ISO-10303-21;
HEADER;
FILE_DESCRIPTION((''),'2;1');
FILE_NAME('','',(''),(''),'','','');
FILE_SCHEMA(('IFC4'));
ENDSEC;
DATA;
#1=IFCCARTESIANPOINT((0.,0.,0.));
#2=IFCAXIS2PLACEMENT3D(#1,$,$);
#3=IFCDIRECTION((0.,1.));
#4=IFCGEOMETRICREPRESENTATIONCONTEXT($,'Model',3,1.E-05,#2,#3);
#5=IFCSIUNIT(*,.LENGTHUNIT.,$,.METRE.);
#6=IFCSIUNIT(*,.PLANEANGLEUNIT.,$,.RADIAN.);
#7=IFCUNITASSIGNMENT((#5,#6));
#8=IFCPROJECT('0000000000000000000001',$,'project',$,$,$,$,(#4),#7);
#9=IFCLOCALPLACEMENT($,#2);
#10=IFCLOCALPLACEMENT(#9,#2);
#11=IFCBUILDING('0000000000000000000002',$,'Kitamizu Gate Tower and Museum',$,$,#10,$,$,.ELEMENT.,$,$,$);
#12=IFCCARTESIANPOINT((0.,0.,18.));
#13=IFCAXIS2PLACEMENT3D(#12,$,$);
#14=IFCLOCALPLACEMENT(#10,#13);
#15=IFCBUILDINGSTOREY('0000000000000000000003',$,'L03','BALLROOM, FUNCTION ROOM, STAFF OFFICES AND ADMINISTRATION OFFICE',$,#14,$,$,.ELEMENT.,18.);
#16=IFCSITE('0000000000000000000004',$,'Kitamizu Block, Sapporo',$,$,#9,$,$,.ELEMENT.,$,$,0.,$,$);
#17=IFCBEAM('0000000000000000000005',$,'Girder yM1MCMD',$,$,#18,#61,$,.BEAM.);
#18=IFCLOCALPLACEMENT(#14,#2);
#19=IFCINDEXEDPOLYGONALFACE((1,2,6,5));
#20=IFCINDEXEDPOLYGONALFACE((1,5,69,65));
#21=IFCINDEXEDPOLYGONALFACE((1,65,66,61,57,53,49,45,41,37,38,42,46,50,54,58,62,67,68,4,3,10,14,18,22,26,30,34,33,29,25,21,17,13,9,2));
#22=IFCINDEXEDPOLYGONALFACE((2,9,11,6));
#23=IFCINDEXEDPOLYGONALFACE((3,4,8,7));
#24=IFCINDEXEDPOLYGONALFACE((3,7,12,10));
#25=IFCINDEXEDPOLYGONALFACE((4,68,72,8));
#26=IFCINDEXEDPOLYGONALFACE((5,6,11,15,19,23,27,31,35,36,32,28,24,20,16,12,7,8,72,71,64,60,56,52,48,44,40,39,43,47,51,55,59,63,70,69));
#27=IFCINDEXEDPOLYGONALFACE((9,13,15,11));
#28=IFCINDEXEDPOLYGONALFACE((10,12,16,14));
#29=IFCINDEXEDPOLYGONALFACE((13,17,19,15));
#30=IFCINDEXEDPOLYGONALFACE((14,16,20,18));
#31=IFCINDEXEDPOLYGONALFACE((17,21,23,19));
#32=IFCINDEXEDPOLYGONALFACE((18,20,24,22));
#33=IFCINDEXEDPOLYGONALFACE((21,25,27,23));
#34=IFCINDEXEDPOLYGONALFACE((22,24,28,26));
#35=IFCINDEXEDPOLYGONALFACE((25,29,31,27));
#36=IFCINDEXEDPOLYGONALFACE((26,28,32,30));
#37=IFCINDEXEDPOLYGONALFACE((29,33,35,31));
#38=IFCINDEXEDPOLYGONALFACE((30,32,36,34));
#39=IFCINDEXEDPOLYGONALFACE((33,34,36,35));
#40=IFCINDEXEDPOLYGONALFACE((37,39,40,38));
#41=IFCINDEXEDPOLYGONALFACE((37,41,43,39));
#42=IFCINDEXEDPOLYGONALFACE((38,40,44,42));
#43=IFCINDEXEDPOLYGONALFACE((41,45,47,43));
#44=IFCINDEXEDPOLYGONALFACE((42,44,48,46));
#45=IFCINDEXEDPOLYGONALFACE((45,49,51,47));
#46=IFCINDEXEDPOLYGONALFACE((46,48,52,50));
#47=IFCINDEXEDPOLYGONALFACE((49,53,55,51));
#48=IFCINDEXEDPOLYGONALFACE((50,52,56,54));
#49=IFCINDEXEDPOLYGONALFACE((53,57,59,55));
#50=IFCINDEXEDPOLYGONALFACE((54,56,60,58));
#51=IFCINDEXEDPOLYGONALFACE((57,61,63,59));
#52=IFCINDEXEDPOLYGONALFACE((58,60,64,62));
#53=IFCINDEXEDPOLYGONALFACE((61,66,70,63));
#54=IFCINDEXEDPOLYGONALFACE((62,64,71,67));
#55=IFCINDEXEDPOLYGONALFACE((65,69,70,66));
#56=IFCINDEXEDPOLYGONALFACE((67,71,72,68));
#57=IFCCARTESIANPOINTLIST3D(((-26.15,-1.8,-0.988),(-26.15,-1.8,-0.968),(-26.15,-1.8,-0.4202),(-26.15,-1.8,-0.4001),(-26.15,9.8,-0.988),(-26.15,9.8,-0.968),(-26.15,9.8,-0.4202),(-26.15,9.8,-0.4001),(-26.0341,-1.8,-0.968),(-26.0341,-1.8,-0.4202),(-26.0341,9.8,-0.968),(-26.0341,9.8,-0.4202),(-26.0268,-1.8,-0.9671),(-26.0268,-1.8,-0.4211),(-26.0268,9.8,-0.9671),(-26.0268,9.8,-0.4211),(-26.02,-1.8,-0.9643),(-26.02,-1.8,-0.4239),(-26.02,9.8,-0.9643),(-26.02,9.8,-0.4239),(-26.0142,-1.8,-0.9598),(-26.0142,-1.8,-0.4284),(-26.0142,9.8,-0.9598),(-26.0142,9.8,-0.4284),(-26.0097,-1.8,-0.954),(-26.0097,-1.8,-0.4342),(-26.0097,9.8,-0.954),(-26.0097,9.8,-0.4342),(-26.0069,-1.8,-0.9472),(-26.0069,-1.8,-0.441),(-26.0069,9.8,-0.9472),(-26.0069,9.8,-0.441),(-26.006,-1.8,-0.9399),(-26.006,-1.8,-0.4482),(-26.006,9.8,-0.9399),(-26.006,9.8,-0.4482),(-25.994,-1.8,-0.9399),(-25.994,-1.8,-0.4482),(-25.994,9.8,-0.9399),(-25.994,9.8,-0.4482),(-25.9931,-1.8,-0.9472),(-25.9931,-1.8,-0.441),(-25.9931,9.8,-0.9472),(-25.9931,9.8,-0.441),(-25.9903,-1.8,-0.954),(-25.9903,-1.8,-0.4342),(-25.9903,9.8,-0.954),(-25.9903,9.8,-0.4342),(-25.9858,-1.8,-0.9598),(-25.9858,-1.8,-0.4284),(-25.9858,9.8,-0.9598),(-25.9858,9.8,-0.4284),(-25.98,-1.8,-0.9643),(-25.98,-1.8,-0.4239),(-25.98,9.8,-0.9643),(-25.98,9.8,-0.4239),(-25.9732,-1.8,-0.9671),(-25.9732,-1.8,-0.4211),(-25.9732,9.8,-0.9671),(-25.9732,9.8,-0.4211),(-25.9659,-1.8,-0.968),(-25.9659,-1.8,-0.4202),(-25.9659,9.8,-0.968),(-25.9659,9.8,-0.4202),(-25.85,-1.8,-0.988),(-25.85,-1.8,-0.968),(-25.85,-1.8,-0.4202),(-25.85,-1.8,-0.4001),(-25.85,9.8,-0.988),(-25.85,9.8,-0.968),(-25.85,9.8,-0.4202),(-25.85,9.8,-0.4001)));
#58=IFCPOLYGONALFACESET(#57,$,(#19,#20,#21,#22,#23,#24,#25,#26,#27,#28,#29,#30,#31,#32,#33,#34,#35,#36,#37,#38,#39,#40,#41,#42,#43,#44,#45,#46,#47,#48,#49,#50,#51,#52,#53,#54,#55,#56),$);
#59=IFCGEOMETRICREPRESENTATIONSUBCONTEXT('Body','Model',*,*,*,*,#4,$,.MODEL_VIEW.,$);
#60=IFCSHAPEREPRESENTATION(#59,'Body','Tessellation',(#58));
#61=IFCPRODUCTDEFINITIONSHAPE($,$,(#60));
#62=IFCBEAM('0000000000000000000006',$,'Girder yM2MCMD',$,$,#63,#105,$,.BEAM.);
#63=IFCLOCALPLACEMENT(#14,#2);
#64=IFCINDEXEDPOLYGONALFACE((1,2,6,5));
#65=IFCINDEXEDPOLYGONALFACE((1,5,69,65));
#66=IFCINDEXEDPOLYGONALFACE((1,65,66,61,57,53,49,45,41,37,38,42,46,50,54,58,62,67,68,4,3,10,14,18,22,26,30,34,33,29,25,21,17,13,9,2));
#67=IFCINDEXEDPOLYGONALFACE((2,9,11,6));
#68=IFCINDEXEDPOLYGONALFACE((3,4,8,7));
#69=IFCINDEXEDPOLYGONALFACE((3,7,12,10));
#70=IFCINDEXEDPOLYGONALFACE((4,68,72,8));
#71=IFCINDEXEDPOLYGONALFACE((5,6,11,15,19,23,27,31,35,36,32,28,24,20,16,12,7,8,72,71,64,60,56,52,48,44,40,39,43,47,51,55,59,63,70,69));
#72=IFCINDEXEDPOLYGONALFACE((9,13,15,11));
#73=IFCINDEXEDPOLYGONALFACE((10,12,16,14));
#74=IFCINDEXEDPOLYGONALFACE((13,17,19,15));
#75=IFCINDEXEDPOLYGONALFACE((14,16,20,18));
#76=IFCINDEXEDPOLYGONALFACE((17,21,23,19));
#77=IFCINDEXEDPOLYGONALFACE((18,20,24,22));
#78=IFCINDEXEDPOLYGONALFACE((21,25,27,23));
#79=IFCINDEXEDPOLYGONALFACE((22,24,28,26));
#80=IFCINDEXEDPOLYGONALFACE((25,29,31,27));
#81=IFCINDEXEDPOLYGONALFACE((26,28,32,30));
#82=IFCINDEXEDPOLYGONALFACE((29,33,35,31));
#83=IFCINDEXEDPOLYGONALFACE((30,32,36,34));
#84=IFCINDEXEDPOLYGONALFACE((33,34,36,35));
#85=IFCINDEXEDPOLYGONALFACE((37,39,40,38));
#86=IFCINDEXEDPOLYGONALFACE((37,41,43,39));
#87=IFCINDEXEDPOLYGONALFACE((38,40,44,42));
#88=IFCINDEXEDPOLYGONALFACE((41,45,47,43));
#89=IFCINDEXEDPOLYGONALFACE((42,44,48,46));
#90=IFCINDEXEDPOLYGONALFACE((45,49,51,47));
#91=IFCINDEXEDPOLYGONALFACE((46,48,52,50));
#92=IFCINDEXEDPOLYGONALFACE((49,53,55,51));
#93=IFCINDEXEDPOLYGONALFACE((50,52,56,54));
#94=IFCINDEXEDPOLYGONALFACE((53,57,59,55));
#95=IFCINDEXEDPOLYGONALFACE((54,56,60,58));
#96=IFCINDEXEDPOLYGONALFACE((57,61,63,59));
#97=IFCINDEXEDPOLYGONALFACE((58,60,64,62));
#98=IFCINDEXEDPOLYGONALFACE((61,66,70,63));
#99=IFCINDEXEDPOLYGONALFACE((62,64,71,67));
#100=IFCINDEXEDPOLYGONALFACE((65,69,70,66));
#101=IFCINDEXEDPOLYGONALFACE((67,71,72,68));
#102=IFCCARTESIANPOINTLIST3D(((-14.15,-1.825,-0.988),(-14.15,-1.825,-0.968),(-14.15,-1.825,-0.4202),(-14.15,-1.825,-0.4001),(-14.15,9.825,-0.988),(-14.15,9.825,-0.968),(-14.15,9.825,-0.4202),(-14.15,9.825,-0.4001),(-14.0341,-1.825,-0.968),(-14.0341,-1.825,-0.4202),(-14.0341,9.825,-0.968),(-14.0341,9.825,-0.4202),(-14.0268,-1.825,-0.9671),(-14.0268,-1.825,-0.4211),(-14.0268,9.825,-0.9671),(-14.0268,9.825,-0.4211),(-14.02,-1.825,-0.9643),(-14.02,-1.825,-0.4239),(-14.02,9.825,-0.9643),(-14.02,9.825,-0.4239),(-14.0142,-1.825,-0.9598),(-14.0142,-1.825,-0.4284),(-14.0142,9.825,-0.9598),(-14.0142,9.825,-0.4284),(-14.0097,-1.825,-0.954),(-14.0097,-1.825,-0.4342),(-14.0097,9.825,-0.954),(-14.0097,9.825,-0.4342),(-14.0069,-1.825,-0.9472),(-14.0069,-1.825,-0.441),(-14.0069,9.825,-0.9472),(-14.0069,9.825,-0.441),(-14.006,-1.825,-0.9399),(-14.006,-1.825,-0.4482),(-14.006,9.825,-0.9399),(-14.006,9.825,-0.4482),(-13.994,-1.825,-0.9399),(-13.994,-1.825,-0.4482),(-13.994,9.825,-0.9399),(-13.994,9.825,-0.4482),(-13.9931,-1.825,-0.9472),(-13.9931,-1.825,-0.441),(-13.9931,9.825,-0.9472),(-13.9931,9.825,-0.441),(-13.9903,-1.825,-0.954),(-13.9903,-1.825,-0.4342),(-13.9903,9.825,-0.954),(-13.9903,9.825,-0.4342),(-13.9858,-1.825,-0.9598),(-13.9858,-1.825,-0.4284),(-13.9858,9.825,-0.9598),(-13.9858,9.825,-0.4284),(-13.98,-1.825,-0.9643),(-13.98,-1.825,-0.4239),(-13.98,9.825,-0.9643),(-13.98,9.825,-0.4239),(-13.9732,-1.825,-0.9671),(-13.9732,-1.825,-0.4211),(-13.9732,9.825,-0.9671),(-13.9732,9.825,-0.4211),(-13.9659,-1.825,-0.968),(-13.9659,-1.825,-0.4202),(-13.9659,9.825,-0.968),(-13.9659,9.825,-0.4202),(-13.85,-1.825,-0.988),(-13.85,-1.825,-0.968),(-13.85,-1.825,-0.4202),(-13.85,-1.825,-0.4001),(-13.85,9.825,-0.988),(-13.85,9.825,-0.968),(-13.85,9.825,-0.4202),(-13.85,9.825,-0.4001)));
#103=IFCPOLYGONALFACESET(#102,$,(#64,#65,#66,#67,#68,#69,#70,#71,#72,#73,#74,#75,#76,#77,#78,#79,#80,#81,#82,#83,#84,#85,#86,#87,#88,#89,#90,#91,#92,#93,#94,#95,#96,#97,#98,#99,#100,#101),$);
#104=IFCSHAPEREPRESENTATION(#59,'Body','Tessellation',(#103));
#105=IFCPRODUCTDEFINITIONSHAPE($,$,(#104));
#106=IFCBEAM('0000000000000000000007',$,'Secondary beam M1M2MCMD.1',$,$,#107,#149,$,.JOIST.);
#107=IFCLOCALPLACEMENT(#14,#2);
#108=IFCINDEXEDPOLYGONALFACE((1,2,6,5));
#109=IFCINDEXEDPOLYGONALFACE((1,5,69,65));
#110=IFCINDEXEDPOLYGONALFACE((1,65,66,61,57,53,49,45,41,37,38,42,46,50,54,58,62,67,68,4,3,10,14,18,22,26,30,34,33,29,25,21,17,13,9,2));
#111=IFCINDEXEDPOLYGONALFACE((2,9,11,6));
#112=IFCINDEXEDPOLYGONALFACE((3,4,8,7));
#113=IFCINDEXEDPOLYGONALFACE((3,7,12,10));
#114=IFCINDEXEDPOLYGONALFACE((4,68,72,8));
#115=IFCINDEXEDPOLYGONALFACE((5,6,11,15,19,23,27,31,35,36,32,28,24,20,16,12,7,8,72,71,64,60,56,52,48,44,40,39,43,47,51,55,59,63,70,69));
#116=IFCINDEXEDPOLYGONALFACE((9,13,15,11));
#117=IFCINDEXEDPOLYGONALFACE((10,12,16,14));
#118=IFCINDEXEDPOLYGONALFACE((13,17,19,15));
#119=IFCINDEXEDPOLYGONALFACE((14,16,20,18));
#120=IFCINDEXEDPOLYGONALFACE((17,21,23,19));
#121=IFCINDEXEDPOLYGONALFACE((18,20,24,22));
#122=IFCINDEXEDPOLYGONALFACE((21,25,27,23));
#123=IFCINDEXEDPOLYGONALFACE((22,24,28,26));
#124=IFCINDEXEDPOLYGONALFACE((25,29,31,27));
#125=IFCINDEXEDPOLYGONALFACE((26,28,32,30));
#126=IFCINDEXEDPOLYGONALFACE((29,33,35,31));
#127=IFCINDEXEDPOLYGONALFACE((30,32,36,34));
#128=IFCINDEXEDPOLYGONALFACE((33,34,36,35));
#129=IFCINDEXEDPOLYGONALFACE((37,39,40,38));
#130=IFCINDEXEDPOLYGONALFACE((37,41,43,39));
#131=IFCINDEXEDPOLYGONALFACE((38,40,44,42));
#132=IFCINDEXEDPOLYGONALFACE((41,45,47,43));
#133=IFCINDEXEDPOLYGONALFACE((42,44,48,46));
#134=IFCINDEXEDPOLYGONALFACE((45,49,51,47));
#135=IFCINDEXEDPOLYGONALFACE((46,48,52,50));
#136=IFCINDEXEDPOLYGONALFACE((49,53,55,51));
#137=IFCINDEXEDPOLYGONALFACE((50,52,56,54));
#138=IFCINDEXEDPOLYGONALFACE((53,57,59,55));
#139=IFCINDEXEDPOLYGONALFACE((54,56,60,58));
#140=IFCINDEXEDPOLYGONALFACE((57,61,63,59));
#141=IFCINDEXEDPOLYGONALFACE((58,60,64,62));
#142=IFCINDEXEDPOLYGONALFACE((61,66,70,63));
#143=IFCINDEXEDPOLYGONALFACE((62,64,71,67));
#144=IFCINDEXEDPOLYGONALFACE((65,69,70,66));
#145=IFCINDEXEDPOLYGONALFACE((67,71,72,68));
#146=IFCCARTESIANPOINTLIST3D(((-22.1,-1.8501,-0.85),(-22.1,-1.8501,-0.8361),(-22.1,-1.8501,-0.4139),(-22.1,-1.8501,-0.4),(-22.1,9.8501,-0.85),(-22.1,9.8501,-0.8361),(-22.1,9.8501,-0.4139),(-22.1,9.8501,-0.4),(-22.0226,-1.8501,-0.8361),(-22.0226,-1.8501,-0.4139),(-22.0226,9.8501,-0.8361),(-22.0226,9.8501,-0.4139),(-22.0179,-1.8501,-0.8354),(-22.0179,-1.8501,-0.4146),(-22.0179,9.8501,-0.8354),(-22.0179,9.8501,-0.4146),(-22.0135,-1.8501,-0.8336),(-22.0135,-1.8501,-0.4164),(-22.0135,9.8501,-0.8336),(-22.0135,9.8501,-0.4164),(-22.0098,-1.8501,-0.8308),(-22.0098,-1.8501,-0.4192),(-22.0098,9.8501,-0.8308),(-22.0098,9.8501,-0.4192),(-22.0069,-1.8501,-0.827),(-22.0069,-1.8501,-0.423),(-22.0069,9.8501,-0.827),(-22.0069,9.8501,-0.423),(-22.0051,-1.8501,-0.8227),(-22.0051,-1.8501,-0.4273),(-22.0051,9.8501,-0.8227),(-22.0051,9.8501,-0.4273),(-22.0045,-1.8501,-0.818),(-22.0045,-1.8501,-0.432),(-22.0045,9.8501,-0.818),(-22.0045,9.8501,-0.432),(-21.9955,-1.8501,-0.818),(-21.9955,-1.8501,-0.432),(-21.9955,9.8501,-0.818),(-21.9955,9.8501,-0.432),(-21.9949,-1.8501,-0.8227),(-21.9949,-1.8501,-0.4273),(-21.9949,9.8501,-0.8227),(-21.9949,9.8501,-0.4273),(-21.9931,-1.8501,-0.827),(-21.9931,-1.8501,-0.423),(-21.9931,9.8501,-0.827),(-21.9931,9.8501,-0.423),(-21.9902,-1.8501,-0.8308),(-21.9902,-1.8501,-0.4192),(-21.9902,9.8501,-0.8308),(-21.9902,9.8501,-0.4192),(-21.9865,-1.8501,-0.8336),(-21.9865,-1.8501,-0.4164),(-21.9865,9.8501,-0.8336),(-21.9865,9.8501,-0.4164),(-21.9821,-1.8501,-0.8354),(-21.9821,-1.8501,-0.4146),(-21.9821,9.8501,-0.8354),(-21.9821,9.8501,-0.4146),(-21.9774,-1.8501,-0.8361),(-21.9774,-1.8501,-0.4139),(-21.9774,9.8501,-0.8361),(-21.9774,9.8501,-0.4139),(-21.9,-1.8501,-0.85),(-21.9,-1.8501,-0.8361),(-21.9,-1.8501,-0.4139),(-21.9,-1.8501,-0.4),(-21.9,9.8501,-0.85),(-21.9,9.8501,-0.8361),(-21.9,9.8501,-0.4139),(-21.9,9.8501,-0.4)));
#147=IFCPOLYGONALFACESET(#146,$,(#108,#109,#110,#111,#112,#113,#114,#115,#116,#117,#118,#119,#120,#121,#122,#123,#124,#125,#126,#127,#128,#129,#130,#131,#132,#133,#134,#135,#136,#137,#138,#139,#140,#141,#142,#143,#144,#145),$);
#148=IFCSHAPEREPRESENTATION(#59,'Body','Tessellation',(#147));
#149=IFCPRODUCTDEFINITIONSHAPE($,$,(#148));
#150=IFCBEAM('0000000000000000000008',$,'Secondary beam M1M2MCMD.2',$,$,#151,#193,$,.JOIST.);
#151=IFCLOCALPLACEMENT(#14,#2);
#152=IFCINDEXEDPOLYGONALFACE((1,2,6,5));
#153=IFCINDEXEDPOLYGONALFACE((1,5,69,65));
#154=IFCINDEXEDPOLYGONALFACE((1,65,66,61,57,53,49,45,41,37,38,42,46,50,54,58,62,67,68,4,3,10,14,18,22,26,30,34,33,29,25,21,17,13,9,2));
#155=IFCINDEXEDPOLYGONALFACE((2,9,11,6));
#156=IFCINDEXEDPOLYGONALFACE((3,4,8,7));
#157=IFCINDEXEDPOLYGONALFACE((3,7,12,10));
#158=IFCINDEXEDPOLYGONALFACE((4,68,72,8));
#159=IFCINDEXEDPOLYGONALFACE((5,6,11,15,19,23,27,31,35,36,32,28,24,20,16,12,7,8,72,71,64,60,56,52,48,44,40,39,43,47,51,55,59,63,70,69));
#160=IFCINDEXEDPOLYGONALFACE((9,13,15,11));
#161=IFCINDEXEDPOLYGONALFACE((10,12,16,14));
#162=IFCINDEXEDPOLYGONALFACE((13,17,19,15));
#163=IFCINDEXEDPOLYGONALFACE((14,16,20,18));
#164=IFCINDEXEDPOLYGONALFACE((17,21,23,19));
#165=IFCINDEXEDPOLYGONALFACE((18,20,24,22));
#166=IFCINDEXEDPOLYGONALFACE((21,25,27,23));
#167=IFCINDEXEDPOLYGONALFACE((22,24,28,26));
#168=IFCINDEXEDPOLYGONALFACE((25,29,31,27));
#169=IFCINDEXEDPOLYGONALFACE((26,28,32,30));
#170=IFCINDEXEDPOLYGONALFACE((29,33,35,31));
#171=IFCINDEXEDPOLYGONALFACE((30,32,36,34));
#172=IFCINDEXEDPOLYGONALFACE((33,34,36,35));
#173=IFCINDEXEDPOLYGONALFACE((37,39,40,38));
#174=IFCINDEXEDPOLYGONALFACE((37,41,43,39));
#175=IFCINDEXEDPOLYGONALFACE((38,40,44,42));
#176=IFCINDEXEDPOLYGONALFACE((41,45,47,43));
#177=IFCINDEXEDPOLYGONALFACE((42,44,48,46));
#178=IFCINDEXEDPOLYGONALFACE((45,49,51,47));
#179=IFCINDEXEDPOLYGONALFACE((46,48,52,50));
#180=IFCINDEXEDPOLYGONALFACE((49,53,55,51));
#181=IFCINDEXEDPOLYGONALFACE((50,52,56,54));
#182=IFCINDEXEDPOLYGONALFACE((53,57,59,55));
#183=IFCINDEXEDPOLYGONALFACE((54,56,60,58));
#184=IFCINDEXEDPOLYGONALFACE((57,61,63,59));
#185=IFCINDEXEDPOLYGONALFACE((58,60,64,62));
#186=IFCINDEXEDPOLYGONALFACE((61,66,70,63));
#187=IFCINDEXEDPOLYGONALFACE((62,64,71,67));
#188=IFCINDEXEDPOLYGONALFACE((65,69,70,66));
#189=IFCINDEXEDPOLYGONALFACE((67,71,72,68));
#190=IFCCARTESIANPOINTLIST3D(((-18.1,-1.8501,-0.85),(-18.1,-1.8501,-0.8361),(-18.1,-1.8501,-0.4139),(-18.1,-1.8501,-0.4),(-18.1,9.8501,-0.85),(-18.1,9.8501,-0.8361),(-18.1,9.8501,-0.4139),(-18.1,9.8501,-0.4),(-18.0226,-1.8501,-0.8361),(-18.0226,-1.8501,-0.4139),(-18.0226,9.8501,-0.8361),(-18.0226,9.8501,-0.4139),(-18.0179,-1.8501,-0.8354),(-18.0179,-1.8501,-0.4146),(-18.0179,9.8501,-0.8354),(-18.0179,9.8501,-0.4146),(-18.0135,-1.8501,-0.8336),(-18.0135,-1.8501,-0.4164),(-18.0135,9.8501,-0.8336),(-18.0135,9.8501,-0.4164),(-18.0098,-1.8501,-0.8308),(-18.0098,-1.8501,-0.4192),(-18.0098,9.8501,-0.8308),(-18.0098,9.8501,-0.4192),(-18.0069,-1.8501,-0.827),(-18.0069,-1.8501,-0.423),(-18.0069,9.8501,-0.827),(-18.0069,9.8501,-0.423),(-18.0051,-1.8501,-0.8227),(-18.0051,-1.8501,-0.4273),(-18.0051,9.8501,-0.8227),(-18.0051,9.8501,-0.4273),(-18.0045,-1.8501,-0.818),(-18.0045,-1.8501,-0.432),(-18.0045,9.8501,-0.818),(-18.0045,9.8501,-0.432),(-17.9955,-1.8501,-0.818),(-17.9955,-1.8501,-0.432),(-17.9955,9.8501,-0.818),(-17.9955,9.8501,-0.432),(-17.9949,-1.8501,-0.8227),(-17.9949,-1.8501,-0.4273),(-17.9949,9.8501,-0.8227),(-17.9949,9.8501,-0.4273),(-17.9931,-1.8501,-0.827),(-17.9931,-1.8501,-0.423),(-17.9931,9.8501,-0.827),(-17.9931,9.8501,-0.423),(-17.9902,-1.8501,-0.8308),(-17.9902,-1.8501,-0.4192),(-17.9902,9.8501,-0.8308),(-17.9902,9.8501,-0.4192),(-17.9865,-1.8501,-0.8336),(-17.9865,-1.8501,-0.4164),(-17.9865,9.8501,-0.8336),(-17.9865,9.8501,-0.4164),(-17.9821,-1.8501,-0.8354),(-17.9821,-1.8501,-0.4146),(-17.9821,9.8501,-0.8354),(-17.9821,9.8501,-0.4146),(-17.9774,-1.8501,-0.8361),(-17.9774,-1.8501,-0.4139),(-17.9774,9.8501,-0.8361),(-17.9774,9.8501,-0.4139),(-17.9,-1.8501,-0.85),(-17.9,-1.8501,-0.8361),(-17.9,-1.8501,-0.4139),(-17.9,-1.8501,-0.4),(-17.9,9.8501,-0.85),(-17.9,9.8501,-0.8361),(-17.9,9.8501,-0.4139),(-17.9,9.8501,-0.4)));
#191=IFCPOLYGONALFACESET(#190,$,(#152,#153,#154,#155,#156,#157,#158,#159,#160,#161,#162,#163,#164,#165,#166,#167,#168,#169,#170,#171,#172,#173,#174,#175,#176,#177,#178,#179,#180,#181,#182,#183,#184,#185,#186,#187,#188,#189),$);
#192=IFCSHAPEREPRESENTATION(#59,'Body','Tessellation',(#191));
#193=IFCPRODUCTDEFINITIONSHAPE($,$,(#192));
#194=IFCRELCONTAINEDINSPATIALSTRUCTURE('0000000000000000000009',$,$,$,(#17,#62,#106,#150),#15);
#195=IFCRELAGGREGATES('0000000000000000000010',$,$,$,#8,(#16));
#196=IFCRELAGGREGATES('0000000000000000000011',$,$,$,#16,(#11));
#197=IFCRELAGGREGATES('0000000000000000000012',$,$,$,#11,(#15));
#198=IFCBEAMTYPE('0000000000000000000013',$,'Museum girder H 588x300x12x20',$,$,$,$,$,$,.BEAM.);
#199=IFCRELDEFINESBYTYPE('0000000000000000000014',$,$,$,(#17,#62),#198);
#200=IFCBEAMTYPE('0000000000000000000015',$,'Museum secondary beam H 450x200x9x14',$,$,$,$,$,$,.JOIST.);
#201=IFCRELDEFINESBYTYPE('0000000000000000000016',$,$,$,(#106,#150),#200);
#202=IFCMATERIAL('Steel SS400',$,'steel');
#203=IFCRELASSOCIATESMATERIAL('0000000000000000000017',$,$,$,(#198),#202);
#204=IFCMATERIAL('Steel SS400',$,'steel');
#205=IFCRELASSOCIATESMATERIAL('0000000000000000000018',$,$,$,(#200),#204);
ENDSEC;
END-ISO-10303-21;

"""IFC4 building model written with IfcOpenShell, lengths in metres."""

from ifc_helpers import new_model, si_unit, direction, frame, origin, origin_2d, place, context, subcontext, project, spatial, i_section, extrude, material, material_profile, profile_set, type_object, element, save


model = new_model("IFC4")

# Units and contexts
model_context = context("Model", 3, precision=1e-05, world=origin(), true_north=direction((0.0, 1.0)))
body_context = subcontext(model_context, "Body", "Model", "MODEL_VIEW")
ifc_project = project(units=[si_unit("LENGTHUNIT", "METRE"), si_unit("PLANEANGLEUNIT", "RADIAN")], contexts=[model_context])

# Site, building, storey
site_placement = place(None, origin())
site = spatial("IfcSite", under=ifc_project, at=site_placement, Name="Kitamizu Block, Sapporo", CompositionType="ELEMENT", RefElevation=0.0)
building_placement = place(site_placement, origin())
building = spatial("IfcBuilding", under=site, at=building_placement, Name="Kitamizu Gate Tower and Museum", CompositionType="ELEMENT")
storey_placement = place(building_placement, frame((0.0, 0.0, 18.0)))
storey = spatial("IfcBuildingStorey", under=building, at=storey_placement, Name="L03", Description="BALLROOM, FUNCTION ROOM, STAFF OFFICES AND ADMINISTRATION OFFICE", CompositionType="ELEMENT", Elevation=18.0)

# Beams
ifc_material_1 = material(Name="Steel SS400", Category="steel")
ifc_material_profile_1 = material_profile(ifc_material_1, i_section(OverallWidth=0.3, OverallDepth=0.5879, WebThickness=0.012, FlangeThickness=0.02, FilletRadius=0.0281, at=origin_2d()), Name="H-588x300x12x20")
ifc_profile_set_1 = profile_set([ifc_material_profile_1], Name="Steel SS400")
beam_type_1 = type_object("IfcBeamType", Name="Museum girder H 588x300x12x20", PredefinedType="BEAM", material=ifc_profile_set_1)
beam_1_placement = place(storey_placement, frame((-26.0, -1.8, -0.6941), z_axis=(0.0, 1.0, 0.0), x_axis=(-1.0, 0.0, 0.0)))
element("IfcBeam", 1, at=beam_1_placement, inside=storey, type_object=beam_type_1, Name="Girder yM1MCMD", PredefinedType="BEAM", context=body_context, shape_type="SweptSolid", body=[
    extrude(i_section(OverallWidth=0.3, OverallDepth=0.5879, WebThickness=0.012, FlangeThickness=0.02, FilletRadius=0.0281, at=origin_2d()), origin(), (0.0, 0.0, 1.0), 11.6001),
])
beam_2_placement = place(storey_placement, frame((-14.0, -1.825, -0.6941), z_axis=(0.0, 1.0, 0.0), x_axis=(-1.0, 0.0, 0.0)))
element("IfcBeam", 2, at=beam_2_placement, inside=storey, type_object=beam_type_1, Name="Girder yM2MCMD", PredefinedType="BEAM", context=body_context, shape_type="SweptSolid", body=[
    extrude(i_section(OverallWidth=0.3, OverallDepth=0.5879, WebThickness=0.012, FlangeThickness=0.02, FilletRadius=0.0281, at=origin_2d()), origin(), (0.0, 0.0, 1.0), 11.6499),
])
ifc_material_2 = material(Name="Steel SS400", Category="steel")
ifc_material_profile_2 = material_profile(ifc_material_2, i_section(OverallWidth=0.2, OverallDepth=0.45, WebThickness=0.009, FlangeThickness=0.0139, FilletRadius=0.0181, at=origin_2d()), Name="H-450x200x9x14")
ifc_profile_set_2 = profile_set([ifc_material_profile_2], Name="Steel SS400")
beam_type_2 = type_object("IfcBeamType", Name="Museum secondary beam H 450x200x9x14", PredefinedType="JOIST", material=ifc_profile_set_2)
for number, where, z_axis, x_axis, name in (
    (3, (-22.0, -1.8501, -0.625), (0.0, 1.0, 0.0), (-1.0, 0.0, 0.0), "Secondary beam M1M2MCMD.1"),
    (4, (-18.0, -1.8501, -0.625), (0.0, 1.0, 0.0), (-1.0, 0.0, 0.0), "Secondary beam M1M2MCMD.2"),
):
    element("IfcBeam", number, at=place(storey_placement, frame(where, z_axis=z_axis, x_axis=x_axis)), inside=storey, type_object=beam_type_2, Name=name, PredefinedType="JOIST", context=body_context, shape_type="SweptSolid", body=[
        extrude(i_section(OverallWidth=0.2, OverallDepth=0.45, WebThickness=0.009, FlangeThickness=0.0139, FilletRadius=0.0181, at=origin_2d()), origin(), (0.0, 0.0, 1.0), 11.7002),
    ])

save(model, "model.ifc")
